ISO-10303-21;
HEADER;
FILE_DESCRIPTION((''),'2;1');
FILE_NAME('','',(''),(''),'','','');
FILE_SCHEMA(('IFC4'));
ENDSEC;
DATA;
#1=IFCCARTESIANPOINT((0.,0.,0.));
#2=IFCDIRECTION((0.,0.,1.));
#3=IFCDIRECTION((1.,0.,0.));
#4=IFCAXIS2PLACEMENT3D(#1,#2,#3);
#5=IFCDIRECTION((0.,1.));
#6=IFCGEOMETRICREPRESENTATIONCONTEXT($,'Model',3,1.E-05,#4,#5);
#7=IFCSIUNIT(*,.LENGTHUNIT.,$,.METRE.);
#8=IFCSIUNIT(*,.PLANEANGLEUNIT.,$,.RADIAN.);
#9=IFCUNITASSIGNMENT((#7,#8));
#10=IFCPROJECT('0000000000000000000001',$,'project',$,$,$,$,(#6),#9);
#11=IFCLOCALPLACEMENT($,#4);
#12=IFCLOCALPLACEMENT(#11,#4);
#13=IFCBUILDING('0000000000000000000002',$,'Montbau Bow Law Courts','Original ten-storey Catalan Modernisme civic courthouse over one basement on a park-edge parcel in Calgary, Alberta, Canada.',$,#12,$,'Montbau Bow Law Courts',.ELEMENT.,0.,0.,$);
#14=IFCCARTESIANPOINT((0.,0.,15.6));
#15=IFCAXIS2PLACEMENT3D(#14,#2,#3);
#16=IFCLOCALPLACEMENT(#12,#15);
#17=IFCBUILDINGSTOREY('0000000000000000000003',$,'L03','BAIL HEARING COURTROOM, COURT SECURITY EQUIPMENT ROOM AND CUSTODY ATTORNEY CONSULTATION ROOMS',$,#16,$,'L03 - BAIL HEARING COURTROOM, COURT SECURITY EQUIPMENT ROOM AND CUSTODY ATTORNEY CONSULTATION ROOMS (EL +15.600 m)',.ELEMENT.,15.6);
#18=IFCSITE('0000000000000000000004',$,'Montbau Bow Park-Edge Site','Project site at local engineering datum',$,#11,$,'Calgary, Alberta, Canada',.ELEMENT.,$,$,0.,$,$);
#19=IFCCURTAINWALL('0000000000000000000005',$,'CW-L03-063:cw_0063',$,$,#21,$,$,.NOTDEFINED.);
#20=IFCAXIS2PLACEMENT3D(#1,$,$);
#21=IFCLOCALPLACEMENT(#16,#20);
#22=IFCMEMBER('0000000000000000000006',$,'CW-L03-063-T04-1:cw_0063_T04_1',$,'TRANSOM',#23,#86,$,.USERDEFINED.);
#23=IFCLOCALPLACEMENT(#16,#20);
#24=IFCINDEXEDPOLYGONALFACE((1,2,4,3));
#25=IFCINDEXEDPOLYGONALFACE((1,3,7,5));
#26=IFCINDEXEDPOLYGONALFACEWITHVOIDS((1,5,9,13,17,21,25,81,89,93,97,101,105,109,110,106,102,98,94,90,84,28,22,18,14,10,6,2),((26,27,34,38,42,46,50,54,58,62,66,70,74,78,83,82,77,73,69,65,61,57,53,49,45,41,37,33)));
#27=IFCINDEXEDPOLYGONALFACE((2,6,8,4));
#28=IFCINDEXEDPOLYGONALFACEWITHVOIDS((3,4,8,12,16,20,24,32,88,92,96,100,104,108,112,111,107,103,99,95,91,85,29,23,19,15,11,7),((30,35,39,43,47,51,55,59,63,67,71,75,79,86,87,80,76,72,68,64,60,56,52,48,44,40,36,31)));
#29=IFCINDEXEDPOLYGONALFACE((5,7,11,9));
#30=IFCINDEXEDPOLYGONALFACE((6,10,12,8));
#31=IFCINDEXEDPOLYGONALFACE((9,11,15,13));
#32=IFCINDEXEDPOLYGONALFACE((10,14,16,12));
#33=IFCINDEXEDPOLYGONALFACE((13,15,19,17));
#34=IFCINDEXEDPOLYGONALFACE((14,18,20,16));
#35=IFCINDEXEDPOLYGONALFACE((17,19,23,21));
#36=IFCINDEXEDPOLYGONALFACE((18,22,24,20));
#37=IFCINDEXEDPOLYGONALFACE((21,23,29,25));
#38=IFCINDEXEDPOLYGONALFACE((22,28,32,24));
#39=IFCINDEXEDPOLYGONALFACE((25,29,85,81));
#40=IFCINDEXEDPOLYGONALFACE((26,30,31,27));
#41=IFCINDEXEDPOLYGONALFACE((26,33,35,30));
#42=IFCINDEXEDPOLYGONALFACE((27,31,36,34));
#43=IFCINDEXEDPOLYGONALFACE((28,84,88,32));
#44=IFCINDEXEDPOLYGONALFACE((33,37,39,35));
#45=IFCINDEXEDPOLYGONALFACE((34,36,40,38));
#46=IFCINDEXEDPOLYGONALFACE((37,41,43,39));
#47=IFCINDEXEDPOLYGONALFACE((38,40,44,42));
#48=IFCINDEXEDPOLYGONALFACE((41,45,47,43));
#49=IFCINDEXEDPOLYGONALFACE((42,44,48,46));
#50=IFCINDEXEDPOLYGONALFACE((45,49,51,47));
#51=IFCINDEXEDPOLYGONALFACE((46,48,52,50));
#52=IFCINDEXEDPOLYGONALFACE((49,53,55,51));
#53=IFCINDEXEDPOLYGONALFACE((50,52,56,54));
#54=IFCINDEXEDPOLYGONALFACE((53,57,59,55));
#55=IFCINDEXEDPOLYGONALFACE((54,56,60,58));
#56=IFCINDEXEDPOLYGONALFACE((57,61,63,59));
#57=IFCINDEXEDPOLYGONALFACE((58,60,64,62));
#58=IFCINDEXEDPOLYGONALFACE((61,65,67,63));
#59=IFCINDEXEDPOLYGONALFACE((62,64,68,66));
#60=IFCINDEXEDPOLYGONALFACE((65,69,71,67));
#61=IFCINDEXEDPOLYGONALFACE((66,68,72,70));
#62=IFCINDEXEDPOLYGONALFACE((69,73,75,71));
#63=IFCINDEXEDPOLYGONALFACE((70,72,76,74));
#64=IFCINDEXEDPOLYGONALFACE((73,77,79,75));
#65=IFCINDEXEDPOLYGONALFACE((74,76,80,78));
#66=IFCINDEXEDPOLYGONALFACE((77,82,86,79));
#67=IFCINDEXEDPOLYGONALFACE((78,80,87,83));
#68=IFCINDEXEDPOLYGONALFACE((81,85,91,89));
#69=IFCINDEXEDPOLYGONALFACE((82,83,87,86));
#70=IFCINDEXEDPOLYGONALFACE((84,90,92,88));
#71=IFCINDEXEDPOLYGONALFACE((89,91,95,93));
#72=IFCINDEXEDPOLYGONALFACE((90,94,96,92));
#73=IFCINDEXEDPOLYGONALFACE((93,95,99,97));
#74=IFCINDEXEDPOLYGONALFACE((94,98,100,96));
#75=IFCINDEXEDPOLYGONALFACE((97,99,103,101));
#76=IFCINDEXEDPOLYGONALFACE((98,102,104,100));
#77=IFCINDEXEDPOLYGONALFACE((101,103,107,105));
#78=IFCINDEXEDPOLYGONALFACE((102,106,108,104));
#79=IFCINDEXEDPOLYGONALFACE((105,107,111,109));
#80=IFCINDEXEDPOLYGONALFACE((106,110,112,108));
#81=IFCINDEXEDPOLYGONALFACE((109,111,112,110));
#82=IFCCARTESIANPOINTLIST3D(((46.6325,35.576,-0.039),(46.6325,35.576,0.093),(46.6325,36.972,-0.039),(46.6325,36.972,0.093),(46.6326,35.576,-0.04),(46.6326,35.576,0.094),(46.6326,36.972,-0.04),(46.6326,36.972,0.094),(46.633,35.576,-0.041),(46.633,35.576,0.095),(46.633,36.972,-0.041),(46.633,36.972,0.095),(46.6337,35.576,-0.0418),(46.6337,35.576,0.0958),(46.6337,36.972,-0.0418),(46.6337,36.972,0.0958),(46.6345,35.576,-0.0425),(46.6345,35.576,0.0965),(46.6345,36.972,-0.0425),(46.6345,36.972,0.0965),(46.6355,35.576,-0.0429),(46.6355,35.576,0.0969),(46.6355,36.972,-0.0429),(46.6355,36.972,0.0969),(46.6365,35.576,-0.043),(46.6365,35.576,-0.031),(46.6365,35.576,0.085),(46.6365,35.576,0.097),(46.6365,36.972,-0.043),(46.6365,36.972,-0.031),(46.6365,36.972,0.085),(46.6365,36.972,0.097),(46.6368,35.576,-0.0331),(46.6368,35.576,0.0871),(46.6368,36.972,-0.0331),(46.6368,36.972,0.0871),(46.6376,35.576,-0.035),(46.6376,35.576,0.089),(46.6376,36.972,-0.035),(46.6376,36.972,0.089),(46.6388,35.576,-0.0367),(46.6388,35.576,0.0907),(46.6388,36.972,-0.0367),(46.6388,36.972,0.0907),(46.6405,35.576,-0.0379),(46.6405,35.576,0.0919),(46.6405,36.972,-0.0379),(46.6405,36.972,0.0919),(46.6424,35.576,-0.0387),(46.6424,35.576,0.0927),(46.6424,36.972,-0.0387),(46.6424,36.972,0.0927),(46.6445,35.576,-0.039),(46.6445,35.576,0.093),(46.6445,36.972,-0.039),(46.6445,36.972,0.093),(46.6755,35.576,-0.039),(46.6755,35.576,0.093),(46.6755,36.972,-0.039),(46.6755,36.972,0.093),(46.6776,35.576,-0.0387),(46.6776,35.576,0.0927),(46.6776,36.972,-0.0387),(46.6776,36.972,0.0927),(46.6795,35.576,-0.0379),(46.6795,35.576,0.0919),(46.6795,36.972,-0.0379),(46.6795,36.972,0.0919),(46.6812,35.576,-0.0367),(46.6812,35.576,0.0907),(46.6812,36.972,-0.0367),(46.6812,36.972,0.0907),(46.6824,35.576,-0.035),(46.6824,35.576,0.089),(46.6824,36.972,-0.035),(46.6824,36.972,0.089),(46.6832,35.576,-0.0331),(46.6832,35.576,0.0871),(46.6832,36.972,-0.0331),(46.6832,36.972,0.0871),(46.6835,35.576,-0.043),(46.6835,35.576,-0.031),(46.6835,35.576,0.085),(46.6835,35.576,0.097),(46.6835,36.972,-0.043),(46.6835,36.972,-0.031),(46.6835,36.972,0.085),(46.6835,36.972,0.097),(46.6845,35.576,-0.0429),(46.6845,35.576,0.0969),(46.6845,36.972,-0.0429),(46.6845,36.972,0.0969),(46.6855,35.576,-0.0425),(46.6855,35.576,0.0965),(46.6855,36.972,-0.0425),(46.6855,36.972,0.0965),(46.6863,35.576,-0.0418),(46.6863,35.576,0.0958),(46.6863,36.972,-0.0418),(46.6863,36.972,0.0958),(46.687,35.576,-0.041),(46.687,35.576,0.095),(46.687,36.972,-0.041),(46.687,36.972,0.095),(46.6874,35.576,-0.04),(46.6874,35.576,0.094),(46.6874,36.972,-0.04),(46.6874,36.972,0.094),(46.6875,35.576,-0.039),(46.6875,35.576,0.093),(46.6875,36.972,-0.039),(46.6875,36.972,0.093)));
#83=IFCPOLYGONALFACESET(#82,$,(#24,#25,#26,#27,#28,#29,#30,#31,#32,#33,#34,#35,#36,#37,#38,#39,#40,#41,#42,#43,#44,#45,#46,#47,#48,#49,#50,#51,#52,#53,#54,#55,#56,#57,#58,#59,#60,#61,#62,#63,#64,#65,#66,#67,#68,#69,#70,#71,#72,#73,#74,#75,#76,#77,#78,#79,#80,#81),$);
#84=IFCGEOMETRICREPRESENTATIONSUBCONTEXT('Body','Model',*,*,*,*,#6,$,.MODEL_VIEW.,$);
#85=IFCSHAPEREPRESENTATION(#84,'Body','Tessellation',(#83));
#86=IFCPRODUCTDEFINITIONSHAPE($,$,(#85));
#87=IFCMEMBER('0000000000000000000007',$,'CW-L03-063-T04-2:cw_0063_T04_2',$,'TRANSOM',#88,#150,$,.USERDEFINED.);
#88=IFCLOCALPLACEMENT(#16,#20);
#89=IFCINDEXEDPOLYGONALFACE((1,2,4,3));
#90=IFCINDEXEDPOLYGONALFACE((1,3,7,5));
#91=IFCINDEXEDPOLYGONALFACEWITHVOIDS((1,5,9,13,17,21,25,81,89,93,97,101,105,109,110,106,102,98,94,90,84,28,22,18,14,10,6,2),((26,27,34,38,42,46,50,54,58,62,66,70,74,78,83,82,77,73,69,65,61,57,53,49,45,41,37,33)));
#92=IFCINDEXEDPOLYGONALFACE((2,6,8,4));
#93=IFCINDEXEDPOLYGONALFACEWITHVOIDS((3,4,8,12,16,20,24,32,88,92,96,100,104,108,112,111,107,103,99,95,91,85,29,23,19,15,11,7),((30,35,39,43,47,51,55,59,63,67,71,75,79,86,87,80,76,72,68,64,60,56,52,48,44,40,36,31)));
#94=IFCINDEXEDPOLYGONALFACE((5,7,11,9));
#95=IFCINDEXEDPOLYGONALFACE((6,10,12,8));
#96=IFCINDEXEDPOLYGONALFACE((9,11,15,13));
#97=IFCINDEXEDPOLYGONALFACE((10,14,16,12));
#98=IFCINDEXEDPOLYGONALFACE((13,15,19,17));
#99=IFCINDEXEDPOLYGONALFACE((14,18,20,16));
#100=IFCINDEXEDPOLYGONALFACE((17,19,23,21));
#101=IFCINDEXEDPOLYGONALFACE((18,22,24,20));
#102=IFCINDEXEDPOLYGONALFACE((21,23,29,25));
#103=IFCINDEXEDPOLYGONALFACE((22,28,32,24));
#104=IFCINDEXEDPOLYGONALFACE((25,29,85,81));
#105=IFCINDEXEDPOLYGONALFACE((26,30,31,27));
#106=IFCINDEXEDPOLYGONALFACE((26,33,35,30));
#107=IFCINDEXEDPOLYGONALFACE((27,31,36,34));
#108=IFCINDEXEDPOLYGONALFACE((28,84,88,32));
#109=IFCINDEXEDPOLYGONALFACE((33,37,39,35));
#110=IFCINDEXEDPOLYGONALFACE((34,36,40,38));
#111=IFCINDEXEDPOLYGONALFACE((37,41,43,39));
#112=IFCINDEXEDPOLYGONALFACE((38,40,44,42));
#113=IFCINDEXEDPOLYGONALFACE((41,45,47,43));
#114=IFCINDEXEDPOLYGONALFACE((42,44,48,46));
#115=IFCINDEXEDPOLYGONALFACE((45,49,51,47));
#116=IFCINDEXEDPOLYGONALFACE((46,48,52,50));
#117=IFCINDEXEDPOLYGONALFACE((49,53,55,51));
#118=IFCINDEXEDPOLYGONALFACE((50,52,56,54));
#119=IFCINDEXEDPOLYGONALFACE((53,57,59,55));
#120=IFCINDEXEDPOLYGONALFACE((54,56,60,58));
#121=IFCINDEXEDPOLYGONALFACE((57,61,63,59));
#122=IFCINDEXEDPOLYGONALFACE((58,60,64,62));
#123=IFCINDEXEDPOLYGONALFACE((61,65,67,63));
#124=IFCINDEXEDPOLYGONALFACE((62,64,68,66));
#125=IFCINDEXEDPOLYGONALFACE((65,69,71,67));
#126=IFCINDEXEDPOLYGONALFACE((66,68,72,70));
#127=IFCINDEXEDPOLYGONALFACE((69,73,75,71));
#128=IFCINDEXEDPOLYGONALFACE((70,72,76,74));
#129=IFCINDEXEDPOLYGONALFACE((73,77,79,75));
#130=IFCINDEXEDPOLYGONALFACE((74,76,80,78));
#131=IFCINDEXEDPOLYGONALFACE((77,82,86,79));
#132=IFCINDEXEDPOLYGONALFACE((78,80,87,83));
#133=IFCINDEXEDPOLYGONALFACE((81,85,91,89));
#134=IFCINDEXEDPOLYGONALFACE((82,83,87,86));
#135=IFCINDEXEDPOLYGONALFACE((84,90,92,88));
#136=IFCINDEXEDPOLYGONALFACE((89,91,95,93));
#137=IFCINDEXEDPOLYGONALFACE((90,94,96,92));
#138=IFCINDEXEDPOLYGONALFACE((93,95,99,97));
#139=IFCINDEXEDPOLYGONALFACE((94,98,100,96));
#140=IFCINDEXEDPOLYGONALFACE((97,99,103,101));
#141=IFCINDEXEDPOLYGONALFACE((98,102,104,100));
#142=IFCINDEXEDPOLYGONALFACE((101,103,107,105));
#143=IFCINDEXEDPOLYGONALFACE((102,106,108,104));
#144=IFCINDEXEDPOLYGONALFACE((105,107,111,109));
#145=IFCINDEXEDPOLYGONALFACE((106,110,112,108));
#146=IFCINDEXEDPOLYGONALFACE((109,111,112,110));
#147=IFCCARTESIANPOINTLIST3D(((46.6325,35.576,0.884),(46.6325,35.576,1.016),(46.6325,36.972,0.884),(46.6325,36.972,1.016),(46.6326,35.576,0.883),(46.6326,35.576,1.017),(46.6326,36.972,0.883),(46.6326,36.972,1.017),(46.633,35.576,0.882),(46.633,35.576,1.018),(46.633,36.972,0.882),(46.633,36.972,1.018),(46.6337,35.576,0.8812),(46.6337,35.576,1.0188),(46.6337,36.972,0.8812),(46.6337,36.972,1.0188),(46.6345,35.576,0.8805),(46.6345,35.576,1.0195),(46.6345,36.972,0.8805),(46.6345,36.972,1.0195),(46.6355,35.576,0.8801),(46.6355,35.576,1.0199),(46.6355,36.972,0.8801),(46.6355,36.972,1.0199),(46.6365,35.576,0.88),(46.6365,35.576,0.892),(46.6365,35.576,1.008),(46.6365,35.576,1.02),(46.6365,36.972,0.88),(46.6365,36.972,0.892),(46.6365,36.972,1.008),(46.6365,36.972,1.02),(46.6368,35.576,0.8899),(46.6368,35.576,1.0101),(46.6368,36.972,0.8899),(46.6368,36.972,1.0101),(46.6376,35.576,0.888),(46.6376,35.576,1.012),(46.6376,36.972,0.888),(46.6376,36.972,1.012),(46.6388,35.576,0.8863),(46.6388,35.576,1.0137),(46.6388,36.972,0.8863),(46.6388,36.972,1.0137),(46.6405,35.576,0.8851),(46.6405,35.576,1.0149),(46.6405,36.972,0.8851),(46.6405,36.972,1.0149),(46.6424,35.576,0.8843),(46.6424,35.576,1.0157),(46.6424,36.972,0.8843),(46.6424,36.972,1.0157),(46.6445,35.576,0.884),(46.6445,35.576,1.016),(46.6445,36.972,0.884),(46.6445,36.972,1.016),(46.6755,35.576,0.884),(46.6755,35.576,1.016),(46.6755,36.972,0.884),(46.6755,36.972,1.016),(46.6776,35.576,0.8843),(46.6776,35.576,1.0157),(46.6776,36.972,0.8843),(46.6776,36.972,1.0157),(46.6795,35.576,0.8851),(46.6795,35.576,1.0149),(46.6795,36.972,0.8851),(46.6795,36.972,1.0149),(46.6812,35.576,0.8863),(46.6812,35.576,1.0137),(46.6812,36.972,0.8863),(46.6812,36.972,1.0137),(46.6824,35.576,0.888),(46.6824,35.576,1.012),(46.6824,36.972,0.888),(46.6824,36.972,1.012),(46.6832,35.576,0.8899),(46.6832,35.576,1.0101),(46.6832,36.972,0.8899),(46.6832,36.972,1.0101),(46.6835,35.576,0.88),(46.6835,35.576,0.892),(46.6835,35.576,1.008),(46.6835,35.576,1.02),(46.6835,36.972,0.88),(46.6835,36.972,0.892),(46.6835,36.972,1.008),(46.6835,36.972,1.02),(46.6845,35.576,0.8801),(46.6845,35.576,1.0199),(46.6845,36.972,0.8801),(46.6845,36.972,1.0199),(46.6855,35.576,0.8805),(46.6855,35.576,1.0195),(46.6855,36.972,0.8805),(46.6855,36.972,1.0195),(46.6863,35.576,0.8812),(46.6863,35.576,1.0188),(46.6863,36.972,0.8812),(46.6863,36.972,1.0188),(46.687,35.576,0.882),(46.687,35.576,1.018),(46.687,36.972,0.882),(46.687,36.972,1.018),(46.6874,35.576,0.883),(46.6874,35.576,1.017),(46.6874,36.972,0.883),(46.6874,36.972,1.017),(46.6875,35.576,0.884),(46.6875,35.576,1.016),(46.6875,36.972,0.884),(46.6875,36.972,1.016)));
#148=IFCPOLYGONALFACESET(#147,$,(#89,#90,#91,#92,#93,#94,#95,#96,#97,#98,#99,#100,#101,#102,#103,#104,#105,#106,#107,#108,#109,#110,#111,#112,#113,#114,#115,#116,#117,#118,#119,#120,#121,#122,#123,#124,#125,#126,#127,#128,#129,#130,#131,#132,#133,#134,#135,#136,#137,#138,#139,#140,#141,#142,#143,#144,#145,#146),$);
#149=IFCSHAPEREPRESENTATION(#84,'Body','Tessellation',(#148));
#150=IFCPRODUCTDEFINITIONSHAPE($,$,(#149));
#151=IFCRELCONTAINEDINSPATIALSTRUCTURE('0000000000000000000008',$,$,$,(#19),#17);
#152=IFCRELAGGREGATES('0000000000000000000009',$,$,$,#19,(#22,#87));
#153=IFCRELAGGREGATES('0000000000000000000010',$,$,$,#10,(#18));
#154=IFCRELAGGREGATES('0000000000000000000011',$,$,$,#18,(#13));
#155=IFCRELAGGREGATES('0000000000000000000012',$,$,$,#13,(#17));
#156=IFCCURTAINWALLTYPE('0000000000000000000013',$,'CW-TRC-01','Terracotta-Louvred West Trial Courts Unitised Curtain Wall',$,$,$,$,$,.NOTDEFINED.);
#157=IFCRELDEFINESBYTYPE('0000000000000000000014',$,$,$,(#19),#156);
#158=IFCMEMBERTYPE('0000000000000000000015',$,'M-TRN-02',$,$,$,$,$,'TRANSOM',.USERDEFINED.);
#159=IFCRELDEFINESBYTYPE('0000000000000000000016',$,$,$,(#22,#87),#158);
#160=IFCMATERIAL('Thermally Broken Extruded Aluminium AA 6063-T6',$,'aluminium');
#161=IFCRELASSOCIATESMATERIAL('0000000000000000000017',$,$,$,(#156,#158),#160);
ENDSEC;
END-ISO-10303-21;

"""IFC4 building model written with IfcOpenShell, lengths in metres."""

from ifc_helpers import new_model, si_unit, direction, frame, origin_with_axes, origin_2d_with_axis, place, context, subcontext, project, spatial, hollow_rectangle, extrude, material, material_profile, profile_set, type_object, element, aggregate, save


model = new_model("IFC4")

# Units and contexts
model_context = context("Model", 3, precision=1e-05, world=origin_with_axes(), true_north=direction((0.0, 1.0)))
body_context = subcontext(model_context, "Body", "Model", "MODEL_VIEW")
ifc_project = project(units=[si_unit("LENGTHUNIT", "METRE"), si_unit("PLANEANGLEUNIT", "RADIAN")], contexts=[model_context])

# Site, building, storey
site_placement = place(None, origin_with_axes())
site = spatial("IfcSite", under=ifc_project, at=site_placement, Name="Montbau Bow Park-Edge Site", Description="Project site at local engineering datum", LongName="Calgary, Alberta, Canada", CompositionType="ELEMENT", RefElevation=0.0)
building_placement = place(site_placement, origin_with_axes())
building = spatial("IfcBuilding", under=site, at=building_placement, Name="Montbau Bow Law Courts", Description="Original ten-storey Catalan Modernisme civic courthouse over one basement on a park-edge parcel in Calgary, Alberta, Canada.", LongName="Montbau Bow Law Courts", CompositionType="ELEMENT", ElevationOfRefHeight=0.0, ElevationOfTerrain=0.0)
storey_placement = place(building_placement, frame((0.0, 0.0, 15.6), z_axis=(0.0, 0.0, 1.0), x_axis=(1.0, 0.0, 0.0)))
storey = spatial("IfcBuildingStorey", under=building, at=storey_placement, Name="L03", Description="BAIL HEARING COURTROOM, COURT SECURITY EQUIPMENT ROOM AND CUSTODY ATTORNEY CONSULTATION ROOMS", LongName="L03 - BAIL HEARING COURTROOM, COURT SECURITY EQUIPMENT ROOM AND CUSTODY ATTORNEY CONSULTATION ROOMS (EL +15.600 m)", CompositionType="ELEMENT", Elevation=15.6)

# Curtain wall, members
ifc_material_1 = material(Name="Thermally Broken Extruded Aluminium AA 6063-T6", Category="aluminium")
curtain_wall_type = type_object("IfcCurtainWallType", Name="CW-TRC-01", Description="Terracotta-Louvred West Trial Courts Unitised Curtain Wall", PredefinedType="NOTDEFINED", material=ifc_material_1)
curtain_wall_placement = place(None, frame((46.66, 31.115, 15.6), z_axis=(0.0, 0.0, 1.0), x_axis=(1.0, 0.0, 0.0)))
curtain_wall = element("IfcCurtainWall", 1, at=curtain_wall_placement, inside=storey, type_object=curtain_wall_type, Name="CW-L03-063:cw_0063", PredefinedType="NOTDEFINED")
ifc_material_profile_1 = material_profile(ifc_material_1, hollow_rectangle(XDim=0.055, YDim=0.14, WallThickness=0.004, InnerFilletRadius=0.008, OuterFilletRadius=0.004, at=origin_2d_with_axis()), Name="CWT-140X55", Category="Main", Priority=0)
ifc_profile_set_1 = profile_set([ifc_material_profile_1], Name="Thermally Broken Extruded Aluminium AA 6063-T6")
member_type_1 = type_object("IfcMemberType", Name="M-TRN-02", ElementType="TRANSOM", PredefinedType="USERDEFINED", material=ifc_profile_set_1)
member_1_placement = place(None, frame((46.66, 35.576, 15.627), z_axis=(0.0, 1.0, 0.0), x_axis=(-1.0, 0.0, 0.0)))
member_1 = element("IfcMember", 2, at=member_1_placement, type_object=member_type_1, Name="CW-L03-063-T04-1:cw_0063_T04_1", ObjectType="TRANSOM", PredefinedType="USERDEFINED", context=body_context, shape_type="SweptSolid", body=[
    extrude(hollow_rectangle(XDim=0.055, YDim=0.14, WallThickness=0.004, InnerFilletRadius=0.008, OuterFilletRadius=0.004, at=origin_2d_with_axis()), origin_with_axes(), (0.0, 0.0, 1.0), 1.396),
])
member_2_placement = place(None, frame((46.66, 35.576, 16.55), z_axis=(0.0, 1.0, 0.0), x_axis=(-1.0, 0.0, 0.0)))
member_2 = element("IfcMember", 3, at=member_2_placement, type_object=member_type_1, Name="CW-L03-063-T04-2:cw_0063_T04_2", ObjectType="TRANSOM", PredefinedType="USERDEFINED", context=body_context, shape_type="SweptSolid", body=[
    extrude(hollow_rectangle(XDim=0.055, YDim=0.14, WallThickness=0.004, InnerFilletRadius=0.008, OuterFilletRadius=0.004, at=origin_2d_with_axis()), origin_with_axes(), (0.0, 0.0, 1.0), 1.396),
])
aggregate(curtain_wall, [member_1, member_2])

save(model, "model.ifc")
